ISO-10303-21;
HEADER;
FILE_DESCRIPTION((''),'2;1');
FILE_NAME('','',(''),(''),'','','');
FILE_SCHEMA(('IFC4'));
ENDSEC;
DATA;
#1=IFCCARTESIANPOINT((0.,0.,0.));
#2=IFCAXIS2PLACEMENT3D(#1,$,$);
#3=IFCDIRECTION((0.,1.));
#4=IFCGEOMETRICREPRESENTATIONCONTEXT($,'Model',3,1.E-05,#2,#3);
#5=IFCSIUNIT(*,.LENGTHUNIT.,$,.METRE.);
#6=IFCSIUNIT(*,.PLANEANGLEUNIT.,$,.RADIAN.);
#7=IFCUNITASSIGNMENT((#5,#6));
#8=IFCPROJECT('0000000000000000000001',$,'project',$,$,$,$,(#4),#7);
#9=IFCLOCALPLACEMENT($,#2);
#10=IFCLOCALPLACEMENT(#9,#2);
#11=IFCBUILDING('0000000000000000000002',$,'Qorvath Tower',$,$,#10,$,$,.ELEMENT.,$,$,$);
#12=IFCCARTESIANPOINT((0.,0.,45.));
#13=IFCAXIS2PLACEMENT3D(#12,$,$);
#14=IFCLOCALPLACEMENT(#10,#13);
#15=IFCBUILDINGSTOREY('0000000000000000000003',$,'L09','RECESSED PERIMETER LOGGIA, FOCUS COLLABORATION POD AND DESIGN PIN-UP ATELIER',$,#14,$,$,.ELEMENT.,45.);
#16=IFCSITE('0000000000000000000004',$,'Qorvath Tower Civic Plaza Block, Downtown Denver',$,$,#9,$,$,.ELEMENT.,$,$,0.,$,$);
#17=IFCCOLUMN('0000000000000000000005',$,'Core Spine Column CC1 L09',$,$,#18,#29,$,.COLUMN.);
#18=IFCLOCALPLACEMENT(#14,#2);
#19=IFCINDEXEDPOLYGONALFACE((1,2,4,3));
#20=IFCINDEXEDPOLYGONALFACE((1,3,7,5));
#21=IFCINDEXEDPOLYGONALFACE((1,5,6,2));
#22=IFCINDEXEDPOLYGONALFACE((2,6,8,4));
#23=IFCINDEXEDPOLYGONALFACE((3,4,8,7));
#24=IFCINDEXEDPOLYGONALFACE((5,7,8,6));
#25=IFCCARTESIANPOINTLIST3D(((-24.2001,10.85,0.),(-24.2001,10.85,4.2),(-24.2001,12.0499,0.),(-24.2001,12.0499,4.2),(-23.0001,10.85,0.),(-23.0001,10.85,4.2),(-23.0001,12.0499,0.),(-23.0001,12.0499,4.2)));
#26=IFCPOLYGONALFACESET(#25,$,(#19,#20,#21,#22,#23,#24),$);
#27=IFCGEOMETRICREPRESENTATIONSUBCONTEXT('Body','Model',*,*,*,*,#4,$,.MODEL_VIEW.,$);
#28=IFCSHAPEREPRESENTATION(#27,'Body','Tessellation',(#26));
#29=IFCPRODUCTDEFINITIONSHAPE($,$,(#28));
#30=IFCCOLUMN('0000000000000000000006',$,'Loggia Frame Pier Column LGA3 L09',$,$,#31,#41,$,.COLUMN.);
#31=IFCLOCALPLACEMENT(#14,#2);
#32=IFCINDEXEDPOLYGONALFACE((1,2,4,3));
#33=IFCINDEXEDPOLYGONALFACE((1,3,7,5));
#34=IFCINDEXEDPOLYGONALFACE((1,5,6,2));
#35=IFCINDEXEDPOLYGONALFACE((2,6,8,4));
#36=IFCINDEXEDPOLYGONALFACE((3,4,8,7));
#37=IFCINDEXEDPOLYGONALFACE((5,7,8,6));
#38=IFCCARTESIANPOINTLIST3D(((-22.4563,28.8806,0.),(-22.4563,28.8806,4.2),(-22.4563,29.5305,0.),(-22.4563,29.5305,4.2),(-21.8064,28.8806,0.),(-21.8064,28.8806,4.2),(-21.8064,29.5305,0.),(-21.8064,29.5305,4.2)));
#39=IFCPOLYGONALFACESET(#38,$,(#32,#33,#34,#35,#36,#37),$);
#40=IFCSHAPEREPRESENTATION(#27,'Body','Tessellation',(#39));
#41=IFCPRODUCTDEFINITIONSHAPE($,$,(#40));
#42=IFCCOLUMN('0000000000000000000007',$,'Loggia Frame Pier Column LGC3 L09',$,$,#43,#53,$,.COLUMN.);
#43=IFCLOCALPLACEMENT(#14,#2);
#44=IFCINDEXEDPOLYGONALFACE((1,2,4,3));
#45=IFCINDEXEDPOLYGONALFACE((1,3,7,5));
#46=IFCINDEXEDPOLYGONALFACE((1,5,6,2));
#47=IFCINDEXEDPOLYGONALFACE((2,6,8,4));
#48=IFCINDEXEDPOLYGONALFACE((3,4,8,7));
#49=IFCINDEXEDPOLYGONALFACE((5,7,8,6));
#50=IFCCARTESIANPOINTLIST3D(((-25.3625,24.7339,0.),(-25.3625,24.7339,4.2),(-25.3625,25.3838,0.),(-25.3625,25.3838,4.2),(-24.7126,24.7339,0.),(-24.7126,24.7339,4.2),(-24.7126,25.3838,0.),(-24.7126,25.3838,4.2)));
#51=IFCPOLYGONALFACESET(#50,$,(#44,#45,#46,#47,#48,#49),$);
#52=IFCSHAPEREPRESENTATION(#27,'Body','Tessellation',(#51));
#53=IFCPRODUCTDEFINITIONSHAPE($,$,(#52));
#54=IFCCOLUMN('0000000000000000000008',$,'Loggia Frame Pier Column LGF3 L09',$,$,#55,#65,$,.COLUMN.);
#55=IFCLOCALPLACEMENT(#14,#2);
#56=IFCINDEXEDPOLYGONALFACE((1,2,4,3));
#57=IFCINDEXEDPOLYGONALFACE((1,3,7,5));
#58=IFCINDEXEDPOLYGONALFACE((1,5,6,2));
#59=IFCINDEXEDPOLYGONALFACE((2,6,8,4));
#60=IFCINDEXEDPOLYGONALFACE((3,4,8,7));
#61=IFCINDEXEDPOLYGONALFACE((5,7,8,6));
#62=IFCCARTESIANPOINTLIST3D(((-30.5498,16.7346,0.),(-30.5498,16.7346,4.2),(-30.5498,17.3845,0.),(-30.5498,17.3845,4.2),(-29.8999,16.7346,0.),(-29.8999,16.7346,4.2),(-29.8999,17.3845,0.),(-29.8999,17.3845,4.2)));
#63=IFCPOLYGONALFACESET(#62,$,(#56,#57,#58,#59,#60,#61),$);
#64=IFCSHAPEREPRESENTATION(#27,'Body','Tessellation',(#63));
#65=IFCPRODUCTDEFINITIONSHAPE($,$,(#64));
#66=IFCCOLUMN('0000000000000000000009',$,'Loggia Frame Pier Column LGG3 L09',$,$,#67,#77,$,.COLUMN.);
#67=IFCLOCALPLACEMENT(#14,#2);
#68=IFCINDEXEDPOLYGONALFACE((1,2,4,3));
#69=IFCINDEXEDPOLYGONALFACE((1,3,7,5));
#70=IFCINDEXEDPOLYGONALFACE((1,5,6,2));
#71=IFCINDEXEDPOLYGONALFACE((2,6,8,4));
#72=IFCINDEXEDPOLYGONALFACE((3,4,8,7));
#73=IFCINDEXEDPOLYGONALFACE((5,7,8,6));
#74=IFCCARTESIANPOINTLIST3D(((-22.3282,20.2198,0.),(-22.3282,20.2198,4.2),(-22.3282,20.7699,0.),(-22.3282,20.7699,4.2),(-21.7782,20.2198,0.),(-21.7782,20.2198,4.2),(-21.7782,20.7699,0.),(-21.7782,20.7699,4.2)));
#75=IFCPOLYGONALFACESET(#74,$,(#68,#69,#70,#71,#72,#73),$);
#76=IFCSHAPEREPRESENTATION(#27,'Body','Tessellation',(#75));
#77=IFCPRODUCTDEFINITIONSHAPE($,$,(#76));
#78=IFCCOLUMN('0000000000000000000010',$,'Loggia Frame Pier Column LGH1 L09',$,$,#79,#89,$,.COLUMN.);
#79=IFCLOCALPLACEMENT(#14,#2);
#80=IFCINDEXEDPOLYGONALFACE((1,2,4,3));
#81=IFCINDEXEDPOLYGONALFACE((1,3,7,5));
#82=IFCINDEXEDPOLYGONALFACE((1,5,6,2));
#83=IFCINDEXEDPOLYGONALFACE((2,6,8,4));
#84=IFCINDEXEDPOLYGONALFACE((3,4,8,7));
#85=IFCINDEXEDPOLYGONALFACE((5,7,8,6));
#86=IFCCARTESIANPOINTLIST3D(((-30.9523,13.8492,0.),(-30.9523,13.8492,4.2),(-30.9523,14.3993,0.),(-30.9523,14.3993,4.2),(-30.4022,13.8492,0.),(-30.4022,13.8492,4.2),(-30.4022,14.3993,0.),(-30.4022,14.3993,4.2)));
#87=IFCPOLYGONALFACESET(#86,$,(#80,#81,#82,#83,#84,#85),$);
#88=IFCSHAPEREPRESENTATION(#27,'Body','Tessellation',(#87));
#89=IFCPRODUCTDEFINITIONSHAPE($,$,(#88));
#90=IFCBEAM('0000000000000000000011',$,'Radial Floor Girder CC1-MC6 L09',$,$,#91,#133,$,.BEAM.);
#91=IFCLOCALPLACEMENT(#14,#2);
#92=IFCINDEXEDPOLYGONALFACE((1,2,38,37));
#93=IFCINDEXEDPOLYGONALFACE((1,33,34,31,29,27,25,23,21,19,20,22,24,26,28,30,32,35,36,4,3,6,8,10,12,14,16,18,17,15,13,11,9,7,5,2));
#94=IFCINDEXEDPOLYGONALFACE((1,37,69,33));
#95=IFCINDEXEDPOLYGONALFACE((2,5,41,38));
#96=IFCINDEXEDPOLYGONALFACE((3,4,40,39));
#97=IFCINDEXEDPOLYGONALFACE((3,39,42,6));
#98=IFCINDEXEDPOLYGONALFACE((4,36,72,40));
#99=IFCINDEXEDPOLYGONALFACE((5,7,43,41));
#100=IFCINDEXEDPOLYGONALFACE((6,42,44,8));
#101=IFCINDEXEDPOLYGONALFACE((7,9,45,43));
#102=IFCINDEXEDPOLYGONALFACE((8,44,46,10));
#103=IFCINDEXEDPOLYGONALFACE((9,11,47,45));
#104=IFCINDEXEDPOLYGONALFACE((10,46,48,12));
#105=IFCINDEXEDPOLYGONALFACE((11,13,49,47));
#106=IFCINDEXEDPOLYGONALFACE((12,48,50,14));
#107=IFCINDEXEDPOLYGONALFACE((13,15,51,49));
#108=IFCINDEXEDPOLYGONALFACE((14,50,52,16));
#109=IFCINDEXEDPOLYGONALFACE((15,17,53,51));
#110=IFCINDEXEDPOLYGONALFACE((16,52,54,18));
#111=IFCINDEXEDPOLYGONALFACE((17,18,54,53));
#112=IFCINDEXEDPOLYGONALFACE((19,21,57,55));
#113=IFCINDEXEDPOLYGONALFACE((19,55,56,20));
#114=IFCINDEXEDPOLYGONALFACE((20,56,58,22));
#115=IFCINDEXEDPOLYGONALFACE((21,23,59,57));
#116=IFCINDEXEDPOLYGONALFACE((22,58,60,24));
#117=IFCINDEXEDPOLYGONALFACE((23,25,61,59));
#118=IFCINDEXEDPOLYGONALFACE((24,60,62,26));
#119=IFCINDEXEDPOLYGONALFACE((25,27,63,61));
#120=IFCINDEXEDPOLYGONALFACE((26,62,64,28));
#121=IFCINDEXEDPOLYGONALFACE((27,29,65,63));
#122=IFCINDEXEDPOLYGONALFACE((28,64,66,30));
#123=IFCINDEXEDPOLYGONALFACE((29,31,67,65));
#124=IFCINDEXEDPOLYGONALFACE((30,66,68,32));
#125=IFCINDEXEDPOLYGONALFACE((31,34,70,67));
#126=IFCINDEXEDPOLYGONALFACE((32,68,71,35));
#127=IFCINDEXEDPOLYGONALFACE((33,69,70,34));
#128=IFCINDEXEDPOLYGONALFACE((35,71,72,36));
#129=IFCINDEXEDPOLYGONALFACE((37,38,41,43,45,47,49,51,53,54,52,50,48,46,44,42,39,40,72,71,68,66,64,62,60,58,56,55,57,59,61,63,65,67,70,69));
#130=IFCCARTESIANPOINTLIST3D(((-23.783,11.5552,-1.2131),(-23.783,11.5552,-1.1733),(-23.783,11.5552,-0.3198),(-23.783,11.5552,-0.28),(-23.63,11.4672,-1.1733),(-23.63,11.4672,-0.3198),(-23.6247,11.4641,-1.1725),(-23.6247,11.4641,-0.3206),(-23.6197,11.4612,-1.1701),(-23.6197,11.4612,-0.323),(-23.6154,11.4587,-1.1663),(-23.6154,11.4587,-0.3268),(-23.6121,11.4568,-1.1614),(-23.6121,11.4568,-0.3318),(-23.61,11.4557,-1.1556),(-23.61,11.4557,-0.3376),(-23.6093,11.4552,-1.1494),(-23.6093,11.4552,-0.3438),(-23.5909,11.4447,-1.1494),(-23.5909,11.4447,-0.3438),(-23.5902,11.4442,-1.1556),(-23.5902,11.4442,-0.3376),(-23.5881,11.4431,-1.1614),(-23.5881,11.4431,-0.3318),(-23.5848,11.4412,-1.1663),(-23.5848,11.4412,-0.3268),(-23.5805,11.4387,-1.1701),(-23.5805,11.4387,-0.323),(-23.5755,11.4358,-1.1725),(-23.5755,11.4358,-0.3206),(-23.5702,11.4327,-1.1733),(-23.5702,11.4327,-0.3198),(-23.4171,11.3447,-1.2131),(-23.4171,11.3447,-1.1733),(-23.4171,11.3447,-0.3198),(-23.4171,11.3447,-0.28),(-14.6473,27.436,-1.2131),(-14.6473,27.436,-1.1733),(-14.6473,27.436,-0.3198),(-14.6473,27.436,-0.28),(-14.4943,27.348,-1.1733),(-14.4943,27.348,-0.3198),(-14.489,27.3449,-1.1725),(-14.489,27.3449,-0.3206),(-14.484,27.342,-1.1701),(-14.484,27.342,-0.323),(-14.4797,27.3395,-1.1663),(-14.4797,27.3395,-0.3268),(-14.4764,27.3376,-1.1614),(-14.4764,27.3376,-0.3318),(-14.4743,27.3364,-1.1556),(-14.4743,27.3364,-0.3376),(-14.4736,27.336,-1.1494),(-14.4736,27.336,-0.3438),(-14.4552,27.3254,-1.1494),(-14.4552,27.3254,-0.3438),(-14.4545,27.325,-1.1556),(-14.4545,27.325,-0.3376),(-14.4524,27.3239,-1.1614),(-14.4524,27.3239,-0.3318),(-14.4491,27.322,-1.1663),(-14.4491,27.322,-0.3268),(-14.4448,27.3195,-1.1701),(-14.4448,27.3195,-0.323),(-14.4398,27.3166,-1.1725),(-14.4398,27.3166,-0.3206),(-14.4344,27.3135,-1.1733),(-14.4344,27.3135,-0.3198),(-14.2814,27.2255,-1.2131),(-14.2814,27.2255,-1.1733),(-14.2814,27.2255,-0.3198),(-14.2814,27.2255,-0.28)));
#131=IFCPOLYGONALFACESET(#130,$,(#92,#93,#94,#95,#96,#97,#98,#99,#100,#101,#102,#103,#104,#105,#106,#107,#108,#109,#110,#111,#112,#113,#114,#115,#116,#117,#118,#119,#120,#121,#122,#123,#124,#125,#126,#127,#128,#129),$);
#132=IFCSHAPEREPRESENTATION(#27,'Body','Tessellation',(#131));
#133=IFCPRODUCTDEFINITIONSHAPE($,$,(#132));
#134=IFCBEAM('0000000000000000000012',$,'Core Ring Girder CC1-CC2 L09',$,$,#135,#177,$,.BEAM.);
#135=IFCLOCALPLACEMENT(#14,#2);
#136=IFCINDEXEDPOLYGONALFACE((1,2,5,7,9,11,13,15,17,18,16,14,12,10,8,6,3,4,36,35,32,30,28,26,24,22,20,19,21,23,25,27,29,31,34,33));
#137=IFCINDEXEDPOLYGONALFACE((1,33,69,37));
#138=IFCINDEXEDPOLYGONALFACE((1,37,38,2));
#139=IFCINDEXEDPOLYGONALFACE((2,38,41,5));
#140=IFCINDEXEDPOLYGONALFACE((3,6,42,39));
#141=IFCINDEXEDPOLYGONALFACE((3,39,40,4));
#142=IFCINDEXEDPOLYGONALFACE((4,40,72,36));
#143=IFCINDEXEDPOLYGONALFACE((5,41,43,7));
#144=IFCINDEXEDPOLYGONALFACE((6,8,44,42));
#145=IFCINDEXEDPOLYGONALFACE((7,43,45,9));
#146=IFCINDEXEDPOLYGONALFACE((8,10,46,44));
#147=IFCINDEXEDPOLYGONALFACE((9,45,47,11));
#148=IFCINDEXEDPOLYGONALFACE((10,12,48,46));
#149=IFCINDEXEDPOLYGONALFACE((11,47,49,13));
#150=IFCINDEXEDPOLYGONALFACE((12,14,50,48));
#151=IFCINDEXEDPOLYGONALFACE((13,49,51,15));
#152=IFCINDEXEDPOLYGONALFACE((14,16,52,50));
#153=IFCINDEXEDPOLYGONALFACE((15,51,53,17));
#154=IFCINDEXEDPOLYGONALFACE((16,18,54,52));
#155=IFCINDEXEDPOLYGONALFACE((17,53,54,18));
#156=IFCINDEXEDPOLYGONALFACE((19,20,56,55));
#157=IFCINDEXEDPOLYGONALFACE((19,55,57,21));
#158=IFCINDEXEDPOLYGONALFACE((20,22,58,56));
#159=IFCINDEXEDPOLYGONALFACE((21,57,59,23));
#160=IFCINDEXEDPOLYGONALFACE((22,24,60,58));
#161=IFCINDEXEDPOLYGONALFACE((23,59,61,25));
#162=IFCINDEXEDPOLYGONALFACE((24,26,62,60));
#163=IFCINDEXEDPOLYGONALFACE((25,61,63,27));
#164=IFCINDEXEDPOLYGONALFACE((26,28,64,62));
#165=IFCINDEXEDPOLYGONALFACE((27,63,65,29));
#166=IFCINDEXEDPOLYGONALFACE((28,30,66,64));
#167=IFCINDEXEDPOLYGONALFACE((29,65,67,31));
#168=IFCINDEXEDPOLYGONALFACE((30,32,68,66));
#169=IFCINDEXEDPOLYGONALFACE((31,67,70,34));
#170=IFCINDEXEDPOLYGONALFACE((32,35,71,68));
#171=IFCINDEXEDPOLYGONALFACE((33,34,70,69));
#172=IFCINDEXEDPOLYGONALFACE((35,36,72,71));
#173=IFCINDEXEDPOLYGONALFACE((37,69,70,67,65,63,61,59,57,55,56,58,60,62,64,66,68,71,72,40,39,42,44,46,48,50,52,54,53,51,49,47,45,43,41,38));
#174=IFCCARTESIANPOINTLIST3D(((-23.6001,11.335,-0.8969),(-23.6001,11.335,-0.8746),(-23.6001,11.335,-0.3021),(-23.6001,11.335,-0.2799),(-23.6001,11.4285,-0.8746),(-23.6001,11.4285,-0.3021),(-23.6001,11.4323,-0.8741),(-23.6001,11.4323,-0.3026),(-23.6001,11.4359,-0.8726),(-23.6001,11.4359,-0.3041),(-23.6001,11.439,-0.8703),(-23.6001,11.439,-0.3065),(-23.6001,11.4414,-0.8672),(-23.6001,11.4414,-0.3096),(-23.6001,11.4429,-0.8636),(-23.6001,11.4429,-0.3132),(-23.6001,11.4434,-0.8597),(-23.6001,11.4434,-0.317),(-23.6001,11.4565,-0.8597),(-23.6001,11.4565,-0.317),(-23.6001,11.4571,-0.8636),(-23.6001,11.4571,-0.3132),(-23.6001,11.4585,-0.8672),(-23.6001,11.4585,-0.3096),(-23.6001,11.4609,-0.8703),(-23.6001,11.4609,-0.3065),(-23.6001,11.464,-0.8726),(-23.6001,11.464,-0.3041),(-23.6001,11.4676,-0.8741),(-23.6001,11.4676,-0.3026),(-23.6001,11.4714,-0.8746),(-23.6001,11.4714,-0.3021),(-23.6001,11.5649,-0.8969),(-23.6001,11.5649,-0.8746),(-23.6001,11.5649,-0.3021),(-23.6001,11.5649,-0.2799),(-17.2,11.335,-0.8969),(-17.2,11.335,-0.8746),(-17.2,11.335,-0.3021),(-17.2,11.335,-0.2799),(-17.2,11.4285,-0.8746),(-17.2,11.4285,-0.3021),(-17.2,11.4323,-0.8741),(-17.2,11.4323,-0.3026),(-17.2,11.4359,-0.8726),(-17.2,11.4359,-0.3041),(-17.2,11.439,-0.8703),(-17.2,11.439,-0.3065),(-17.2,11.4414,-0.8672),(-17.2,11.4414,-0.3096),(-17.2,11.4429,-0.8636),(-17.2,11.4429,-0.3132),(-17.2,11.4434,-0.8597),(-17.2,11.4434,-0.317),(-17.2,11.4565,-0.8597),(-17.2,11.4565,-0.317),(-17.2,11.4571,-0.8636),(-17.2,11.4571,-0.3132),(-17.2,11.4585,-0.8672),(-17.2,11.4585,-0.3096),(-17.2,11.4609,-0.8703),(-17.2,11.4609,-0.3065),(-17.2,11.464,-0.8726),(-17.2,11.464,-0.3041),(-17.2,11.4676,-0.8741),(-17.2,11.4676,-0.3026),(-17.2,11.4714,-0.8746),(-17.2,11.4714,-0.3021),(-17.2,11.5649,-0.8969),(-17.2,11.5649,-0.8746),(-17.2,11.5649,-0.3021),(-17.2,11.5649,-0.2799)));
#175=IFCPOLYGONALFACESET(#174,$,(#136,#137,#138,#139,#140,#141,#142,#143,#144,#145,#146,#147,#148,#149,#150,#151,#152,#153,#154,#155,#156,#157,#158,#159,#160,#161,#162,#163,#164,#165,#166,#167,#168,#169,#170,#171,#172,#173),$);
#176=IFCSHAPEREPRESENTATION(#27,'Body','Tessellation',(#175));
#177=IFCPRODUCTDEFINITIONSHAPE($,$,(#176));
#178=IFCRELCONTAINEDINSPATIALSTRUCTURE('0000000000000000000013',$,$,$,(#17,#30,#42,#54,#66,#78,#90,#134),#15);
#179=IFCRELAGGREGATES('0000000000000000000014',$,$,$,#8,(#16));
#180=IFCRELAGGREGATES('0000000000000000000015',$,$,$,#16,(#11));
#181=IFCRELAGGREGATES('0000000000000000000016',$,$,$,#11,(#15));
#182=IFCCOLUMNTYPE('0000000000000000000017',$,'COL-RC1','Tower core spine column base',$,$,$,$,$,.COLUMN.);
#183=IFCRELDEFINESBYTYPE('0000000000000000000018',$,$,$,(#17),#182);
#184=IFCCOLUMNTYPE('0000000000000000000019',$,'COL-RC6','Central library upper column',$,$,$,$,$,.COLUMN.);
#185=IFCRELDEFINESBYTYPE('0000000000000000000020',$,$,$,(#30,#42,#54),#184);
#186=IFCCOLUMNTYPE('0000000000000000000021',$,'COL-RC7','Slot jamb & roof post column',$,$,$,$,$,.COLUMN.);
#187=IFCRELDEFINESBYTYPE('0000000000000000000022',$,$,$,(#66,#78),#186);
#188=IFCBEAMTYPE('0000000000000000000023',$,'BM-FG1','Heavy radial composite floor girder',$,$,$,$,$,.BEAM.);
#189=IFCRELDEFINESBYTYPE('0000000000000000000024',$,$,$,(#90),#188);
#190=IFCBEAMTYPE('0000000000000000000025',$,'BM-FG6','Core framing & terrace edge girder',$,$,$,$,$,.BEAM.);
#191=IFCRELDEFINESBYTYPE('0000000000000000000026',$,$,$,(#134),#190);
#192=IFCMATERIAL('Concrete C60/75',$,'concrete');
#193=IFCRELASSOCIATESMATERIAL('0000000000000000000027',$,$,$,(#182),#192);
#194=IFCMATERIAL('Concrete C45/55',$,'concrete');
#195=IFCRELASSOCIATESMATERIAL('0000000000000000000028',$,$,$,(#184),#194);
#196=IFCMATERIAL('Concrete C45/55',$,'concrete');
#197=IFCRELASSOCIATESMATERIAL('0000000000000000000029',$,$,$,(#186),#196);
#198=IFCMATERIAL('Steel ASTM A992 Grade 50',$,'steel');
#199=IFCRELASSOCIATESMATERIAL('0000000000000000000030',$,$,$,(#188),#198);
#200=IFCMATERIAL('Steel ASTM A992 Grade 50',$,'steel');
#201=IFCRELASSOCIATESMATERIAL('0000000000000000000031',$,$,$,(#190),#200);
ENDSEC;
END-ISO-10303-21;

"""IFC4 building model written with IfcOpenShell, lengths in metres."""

from ifc_helpers import new_model, si_unit, direction, frame, origin, origin_2d, place, context, subcontext, project, spatial, rectangle, i_section, extrude, material, material_profile, profile_set, type_object, element, save


model = new_model("IFC4")

# Units and contexts
model_context = context("Model", 3, precision=1e-05, world=origin(), true_north=direction((0.0, 1.0)))
body_context = subcontext(model_context, "Body", "Model", "MODEL_VIEW")
ifc_project = project(units=[si_unit("LENGTHUNIT", "METRE"), si_unit("PLANEANGLEUNIT", "RADIAN")], contexts=[model_context])

# Site, building, storey
site_placement = place(None, origin())
site = spatial("IfcSite", under=ifc_project, at=site_placement, Name="Qorvath Tower Civic Plaza Block, Downtown Denver", CompositionType="ELEMENT", RefElevation=0.0)
building_placement = place(site_placement, origin())
building = spatial("IfcBuilding", under=site, at=building_placement, Name="Qorvath Tower", CompositionType="ELEMENT")
storey_placement = place(building_placement, frame((0.0, 0.0, 45.0)))
storey = spatial("IfcBuildingStorey", under=building, at=storey_placement, Name="L09", Description="RECESSED PERIMETER LOGGIA, FOCUS COLLABORATION POD AND DESIGN PIN-UP ATELIER", CompositionType="ELEMENT", Elevation=45.0)

# Columns
ifc_material_1 = material(Name="Concrete C60/75", Category="concrete")
ifc_material_profile_1 = material_profile(ifc_material_1, rectangle(XDim=1.2, YDim=1.2, at=origin_2d()), Name="RC 1200x1200")
ifc_profile_set_1 = profile_set([ifc_material_profile_1], Name="Concrete C60/75")
column_type_1 = type_object("IfcColumnType", Name="COL-RC1", Description="Tower core spine column base", PredefinedType="COLUMN", material=ifc_profile_set_1)
column_placement = place(storey_placement, frame((-23.6001, 11.45, 0.0), z_axis=(0.0, 0.0, 1.0), x_axis=(1.0, 0.0, 0.0)))
element("IfcColumn", 1, at=column_placement, inside=storey, type_object=column_type_1, Name="Core Spine Column CC1 L09", PredefinedType="COLUMN", context=body_context, shape_type="SweptSolid", body=[
    extrude(rectangle(XDim=1.2, YDim=1.2, at=origin_2d()), origin(), (0.0, 0.0, 1.0), 4.2),
])
ifc_material_2 = material(Name="Concrete C45/55", Category="concrete")
ifc_material_profile_2 = material_profile(ifc_material_2, rectangle(XDim=0.6499, YDim=0.6499, at=origin_2d()), Name="RC 650x650")
ifc_profile_set_2 = profile_set([ifc_material_profile_2], Name="Concrete C45/55")
column_type_2 = type_object("IfcColumnType", Name="COL-RC6", Description="Central library upper column", PredefinedType="COLUMN", material=ifc_profile_set_2)
for number, where, z_axis, x_axis, name in (
    (2, (-22.1313, 29.2056, 0.0), (0.0, 0.0, 1.0), (1.0, 0.0, 0.0), "Loggia Frame Pier Column LGA3 L09"),
    (3, (-25.0376, 25.0588, 0.0), (0.0, 0.0, 1.0), (1.0, 0.0, 0.0), "Loggia Frame Pier Column LGC3 L09"),
    (4, (-30.2249, 17.0596, 0.0), (0.0, 0.0, 1.0), (1.0, 0.0, 0.0), "Loggia Frame Pier Column LGF3 L09"),
):
    element("IfcColumn", number, at=place(storey_placement, frame(where, z_axis=z_axis, x_axis=x_axis)), inside=storey, type_object=column_type_2, Name=name, PredefinedType="COLUMN", context=body_context, shape_type="SweptSolid", body=[
        extrude(rectangle(XDim=0.6499, YDim=0.6499, at=origin_2d()), origin(), (0.0, 0.0, 1.0), 4.2),
    ])
ifc_material_3 = material(Name="Concrete C45/55", Category="concrete")
ifc_material_profile_3 = material_profile(ifc_material_3, rectangle(XDim=0.55, YDim=0.55, at=origin_2d()), Name="RC 550x550")
ifc_profile_set_3 = profile_set([ifc_material_profile_3], Name="Concrete C45/55")
column_type_3 = type_object("IfcColumnType", Name="COL-RC7", Description="Slot jamb & roof post column", PredefinedType="COLUMN", material=ifc_profile_set_3)
for number, where, z_axis, x_axis, name in (
    (5, (-22.0532, 20.4949, 0.0), (0.0, 0.0, 1.0), (1.0, 0.0, 0.0), "Loggia Frame Pier Column LGG3 L09"),
    (6, (-30.6772, 14.1243, 0.0), (0.0, 0.0, 1.0), (1.0, 0.0, 0.0), "Loggia Frame Pier Column LGH1 L09"),
):
    element("IfcColumn", number, at=place(storey_placement, frame(where, z_axis=z_axis, x_axis=x_axis)), inside=storey, type_object=column_type_3, Name=name, PredefinedType="COLUMN", context=body_context, shape_type="SweptSolid", body=[
        extrude(rectangle(XDim=0.55, YDim=0.55, at=origin_2d()), origin(), (0.0, 0.0, 1.0), 4.2),
    ])

# Beams
ifc_material_4 = material(Name="Steel ASTM A992 Grade 50", Category="steel")
ifc_material_profile_4 = material_profile(ifc_material_4, i_section(OverallWidth=0.4221, OverallDepth=0.9331, WebThickness=0.0212, FlangeThickness=0.0398, FilletRadius=0.0239, at=origin_2d()), Name="W36x262")
ifc_profile_set_4 = profile_set([ifc_material_profile_4], Name="Steel ASTM A992 Grade 50")
beam_type_1 = type_object("IfcBeamType", Name="BM-FG1", Description="Heavy radial composite floor girder", PredefinedType="BEAM", material=ifc_profile_set_4)
beam_1_placement = place(storey_placement, frame((-23.6001, 11.45, -0.7466), z_axis=(0.498645, 0.866806, 0.0), x_axis=(-0.866806, 0.498645, 0.0)))
element("IfcBeam", 7, at=beam_1_placement, inside=storey, type_object=beam_type_1, Name="Radial Floor Girder CC1-MC6 L09", PredefinedType="BEAM", context=body_context, shape_type="SweptSolid", body=[
    extrude(i_section(OverallWidth=0.4221, OverallDepth=0.9331, WebThickness=0.0212, FlangeThickness=0.0398, FilletRadius=0.0239, at=origin_2d()), origin(), (0.0, 0.0, 1.0), 18.321),
])
ifc_material_5 = material(Name="Steel ASTM A992 Grade 50", Category="steel")
ifc_material_profile_5 = material_profile(ifc_material_5, i_section(OverallWidth=0.23, OverallDepth=0.6169, WebThickness=0.0132, FlangeThickness=0.0222, FilletRadius=0.0149, at=origin_2d()), Name="W24x94")
ifc_profile_set_5 = profile_set([ifc_material_profile_5], Name="Steel ASTM A992 Grade 50")
beam_type_2 = type_object("IfcBeamType", Name="BM-FG6", Description="Core framing & terrace edge girder", PredefinedType="BEAM", material=ifc_profile_set_5)
beam_2_placement = place(storey_placement, frame((-23.6001, 11.45, -0.5884), z_axis=(1.0, 0.0, 0.0), x_axis=(0.0, 1.0, 0.0)))
element("IfcBeam", 8, at=beam_2_placement, inside=storey, type_object=beam_type_2, Name="Core Ring Girder CC1-CC2 L09", PredefinedType="BEAM", context=body_context, shape_type="SweptSolid", body=[
    extrude(i_section(OverallWidth=0.23, OverallDepth=0.6169, WebThickness=0.0132, FlangeThickness=0.0222, FilletRadius=0.0149, at=origin_2d()), origin(), (0.0, 0.0, 1.0), 6.4001),
])

save(model, "model.ifc")
